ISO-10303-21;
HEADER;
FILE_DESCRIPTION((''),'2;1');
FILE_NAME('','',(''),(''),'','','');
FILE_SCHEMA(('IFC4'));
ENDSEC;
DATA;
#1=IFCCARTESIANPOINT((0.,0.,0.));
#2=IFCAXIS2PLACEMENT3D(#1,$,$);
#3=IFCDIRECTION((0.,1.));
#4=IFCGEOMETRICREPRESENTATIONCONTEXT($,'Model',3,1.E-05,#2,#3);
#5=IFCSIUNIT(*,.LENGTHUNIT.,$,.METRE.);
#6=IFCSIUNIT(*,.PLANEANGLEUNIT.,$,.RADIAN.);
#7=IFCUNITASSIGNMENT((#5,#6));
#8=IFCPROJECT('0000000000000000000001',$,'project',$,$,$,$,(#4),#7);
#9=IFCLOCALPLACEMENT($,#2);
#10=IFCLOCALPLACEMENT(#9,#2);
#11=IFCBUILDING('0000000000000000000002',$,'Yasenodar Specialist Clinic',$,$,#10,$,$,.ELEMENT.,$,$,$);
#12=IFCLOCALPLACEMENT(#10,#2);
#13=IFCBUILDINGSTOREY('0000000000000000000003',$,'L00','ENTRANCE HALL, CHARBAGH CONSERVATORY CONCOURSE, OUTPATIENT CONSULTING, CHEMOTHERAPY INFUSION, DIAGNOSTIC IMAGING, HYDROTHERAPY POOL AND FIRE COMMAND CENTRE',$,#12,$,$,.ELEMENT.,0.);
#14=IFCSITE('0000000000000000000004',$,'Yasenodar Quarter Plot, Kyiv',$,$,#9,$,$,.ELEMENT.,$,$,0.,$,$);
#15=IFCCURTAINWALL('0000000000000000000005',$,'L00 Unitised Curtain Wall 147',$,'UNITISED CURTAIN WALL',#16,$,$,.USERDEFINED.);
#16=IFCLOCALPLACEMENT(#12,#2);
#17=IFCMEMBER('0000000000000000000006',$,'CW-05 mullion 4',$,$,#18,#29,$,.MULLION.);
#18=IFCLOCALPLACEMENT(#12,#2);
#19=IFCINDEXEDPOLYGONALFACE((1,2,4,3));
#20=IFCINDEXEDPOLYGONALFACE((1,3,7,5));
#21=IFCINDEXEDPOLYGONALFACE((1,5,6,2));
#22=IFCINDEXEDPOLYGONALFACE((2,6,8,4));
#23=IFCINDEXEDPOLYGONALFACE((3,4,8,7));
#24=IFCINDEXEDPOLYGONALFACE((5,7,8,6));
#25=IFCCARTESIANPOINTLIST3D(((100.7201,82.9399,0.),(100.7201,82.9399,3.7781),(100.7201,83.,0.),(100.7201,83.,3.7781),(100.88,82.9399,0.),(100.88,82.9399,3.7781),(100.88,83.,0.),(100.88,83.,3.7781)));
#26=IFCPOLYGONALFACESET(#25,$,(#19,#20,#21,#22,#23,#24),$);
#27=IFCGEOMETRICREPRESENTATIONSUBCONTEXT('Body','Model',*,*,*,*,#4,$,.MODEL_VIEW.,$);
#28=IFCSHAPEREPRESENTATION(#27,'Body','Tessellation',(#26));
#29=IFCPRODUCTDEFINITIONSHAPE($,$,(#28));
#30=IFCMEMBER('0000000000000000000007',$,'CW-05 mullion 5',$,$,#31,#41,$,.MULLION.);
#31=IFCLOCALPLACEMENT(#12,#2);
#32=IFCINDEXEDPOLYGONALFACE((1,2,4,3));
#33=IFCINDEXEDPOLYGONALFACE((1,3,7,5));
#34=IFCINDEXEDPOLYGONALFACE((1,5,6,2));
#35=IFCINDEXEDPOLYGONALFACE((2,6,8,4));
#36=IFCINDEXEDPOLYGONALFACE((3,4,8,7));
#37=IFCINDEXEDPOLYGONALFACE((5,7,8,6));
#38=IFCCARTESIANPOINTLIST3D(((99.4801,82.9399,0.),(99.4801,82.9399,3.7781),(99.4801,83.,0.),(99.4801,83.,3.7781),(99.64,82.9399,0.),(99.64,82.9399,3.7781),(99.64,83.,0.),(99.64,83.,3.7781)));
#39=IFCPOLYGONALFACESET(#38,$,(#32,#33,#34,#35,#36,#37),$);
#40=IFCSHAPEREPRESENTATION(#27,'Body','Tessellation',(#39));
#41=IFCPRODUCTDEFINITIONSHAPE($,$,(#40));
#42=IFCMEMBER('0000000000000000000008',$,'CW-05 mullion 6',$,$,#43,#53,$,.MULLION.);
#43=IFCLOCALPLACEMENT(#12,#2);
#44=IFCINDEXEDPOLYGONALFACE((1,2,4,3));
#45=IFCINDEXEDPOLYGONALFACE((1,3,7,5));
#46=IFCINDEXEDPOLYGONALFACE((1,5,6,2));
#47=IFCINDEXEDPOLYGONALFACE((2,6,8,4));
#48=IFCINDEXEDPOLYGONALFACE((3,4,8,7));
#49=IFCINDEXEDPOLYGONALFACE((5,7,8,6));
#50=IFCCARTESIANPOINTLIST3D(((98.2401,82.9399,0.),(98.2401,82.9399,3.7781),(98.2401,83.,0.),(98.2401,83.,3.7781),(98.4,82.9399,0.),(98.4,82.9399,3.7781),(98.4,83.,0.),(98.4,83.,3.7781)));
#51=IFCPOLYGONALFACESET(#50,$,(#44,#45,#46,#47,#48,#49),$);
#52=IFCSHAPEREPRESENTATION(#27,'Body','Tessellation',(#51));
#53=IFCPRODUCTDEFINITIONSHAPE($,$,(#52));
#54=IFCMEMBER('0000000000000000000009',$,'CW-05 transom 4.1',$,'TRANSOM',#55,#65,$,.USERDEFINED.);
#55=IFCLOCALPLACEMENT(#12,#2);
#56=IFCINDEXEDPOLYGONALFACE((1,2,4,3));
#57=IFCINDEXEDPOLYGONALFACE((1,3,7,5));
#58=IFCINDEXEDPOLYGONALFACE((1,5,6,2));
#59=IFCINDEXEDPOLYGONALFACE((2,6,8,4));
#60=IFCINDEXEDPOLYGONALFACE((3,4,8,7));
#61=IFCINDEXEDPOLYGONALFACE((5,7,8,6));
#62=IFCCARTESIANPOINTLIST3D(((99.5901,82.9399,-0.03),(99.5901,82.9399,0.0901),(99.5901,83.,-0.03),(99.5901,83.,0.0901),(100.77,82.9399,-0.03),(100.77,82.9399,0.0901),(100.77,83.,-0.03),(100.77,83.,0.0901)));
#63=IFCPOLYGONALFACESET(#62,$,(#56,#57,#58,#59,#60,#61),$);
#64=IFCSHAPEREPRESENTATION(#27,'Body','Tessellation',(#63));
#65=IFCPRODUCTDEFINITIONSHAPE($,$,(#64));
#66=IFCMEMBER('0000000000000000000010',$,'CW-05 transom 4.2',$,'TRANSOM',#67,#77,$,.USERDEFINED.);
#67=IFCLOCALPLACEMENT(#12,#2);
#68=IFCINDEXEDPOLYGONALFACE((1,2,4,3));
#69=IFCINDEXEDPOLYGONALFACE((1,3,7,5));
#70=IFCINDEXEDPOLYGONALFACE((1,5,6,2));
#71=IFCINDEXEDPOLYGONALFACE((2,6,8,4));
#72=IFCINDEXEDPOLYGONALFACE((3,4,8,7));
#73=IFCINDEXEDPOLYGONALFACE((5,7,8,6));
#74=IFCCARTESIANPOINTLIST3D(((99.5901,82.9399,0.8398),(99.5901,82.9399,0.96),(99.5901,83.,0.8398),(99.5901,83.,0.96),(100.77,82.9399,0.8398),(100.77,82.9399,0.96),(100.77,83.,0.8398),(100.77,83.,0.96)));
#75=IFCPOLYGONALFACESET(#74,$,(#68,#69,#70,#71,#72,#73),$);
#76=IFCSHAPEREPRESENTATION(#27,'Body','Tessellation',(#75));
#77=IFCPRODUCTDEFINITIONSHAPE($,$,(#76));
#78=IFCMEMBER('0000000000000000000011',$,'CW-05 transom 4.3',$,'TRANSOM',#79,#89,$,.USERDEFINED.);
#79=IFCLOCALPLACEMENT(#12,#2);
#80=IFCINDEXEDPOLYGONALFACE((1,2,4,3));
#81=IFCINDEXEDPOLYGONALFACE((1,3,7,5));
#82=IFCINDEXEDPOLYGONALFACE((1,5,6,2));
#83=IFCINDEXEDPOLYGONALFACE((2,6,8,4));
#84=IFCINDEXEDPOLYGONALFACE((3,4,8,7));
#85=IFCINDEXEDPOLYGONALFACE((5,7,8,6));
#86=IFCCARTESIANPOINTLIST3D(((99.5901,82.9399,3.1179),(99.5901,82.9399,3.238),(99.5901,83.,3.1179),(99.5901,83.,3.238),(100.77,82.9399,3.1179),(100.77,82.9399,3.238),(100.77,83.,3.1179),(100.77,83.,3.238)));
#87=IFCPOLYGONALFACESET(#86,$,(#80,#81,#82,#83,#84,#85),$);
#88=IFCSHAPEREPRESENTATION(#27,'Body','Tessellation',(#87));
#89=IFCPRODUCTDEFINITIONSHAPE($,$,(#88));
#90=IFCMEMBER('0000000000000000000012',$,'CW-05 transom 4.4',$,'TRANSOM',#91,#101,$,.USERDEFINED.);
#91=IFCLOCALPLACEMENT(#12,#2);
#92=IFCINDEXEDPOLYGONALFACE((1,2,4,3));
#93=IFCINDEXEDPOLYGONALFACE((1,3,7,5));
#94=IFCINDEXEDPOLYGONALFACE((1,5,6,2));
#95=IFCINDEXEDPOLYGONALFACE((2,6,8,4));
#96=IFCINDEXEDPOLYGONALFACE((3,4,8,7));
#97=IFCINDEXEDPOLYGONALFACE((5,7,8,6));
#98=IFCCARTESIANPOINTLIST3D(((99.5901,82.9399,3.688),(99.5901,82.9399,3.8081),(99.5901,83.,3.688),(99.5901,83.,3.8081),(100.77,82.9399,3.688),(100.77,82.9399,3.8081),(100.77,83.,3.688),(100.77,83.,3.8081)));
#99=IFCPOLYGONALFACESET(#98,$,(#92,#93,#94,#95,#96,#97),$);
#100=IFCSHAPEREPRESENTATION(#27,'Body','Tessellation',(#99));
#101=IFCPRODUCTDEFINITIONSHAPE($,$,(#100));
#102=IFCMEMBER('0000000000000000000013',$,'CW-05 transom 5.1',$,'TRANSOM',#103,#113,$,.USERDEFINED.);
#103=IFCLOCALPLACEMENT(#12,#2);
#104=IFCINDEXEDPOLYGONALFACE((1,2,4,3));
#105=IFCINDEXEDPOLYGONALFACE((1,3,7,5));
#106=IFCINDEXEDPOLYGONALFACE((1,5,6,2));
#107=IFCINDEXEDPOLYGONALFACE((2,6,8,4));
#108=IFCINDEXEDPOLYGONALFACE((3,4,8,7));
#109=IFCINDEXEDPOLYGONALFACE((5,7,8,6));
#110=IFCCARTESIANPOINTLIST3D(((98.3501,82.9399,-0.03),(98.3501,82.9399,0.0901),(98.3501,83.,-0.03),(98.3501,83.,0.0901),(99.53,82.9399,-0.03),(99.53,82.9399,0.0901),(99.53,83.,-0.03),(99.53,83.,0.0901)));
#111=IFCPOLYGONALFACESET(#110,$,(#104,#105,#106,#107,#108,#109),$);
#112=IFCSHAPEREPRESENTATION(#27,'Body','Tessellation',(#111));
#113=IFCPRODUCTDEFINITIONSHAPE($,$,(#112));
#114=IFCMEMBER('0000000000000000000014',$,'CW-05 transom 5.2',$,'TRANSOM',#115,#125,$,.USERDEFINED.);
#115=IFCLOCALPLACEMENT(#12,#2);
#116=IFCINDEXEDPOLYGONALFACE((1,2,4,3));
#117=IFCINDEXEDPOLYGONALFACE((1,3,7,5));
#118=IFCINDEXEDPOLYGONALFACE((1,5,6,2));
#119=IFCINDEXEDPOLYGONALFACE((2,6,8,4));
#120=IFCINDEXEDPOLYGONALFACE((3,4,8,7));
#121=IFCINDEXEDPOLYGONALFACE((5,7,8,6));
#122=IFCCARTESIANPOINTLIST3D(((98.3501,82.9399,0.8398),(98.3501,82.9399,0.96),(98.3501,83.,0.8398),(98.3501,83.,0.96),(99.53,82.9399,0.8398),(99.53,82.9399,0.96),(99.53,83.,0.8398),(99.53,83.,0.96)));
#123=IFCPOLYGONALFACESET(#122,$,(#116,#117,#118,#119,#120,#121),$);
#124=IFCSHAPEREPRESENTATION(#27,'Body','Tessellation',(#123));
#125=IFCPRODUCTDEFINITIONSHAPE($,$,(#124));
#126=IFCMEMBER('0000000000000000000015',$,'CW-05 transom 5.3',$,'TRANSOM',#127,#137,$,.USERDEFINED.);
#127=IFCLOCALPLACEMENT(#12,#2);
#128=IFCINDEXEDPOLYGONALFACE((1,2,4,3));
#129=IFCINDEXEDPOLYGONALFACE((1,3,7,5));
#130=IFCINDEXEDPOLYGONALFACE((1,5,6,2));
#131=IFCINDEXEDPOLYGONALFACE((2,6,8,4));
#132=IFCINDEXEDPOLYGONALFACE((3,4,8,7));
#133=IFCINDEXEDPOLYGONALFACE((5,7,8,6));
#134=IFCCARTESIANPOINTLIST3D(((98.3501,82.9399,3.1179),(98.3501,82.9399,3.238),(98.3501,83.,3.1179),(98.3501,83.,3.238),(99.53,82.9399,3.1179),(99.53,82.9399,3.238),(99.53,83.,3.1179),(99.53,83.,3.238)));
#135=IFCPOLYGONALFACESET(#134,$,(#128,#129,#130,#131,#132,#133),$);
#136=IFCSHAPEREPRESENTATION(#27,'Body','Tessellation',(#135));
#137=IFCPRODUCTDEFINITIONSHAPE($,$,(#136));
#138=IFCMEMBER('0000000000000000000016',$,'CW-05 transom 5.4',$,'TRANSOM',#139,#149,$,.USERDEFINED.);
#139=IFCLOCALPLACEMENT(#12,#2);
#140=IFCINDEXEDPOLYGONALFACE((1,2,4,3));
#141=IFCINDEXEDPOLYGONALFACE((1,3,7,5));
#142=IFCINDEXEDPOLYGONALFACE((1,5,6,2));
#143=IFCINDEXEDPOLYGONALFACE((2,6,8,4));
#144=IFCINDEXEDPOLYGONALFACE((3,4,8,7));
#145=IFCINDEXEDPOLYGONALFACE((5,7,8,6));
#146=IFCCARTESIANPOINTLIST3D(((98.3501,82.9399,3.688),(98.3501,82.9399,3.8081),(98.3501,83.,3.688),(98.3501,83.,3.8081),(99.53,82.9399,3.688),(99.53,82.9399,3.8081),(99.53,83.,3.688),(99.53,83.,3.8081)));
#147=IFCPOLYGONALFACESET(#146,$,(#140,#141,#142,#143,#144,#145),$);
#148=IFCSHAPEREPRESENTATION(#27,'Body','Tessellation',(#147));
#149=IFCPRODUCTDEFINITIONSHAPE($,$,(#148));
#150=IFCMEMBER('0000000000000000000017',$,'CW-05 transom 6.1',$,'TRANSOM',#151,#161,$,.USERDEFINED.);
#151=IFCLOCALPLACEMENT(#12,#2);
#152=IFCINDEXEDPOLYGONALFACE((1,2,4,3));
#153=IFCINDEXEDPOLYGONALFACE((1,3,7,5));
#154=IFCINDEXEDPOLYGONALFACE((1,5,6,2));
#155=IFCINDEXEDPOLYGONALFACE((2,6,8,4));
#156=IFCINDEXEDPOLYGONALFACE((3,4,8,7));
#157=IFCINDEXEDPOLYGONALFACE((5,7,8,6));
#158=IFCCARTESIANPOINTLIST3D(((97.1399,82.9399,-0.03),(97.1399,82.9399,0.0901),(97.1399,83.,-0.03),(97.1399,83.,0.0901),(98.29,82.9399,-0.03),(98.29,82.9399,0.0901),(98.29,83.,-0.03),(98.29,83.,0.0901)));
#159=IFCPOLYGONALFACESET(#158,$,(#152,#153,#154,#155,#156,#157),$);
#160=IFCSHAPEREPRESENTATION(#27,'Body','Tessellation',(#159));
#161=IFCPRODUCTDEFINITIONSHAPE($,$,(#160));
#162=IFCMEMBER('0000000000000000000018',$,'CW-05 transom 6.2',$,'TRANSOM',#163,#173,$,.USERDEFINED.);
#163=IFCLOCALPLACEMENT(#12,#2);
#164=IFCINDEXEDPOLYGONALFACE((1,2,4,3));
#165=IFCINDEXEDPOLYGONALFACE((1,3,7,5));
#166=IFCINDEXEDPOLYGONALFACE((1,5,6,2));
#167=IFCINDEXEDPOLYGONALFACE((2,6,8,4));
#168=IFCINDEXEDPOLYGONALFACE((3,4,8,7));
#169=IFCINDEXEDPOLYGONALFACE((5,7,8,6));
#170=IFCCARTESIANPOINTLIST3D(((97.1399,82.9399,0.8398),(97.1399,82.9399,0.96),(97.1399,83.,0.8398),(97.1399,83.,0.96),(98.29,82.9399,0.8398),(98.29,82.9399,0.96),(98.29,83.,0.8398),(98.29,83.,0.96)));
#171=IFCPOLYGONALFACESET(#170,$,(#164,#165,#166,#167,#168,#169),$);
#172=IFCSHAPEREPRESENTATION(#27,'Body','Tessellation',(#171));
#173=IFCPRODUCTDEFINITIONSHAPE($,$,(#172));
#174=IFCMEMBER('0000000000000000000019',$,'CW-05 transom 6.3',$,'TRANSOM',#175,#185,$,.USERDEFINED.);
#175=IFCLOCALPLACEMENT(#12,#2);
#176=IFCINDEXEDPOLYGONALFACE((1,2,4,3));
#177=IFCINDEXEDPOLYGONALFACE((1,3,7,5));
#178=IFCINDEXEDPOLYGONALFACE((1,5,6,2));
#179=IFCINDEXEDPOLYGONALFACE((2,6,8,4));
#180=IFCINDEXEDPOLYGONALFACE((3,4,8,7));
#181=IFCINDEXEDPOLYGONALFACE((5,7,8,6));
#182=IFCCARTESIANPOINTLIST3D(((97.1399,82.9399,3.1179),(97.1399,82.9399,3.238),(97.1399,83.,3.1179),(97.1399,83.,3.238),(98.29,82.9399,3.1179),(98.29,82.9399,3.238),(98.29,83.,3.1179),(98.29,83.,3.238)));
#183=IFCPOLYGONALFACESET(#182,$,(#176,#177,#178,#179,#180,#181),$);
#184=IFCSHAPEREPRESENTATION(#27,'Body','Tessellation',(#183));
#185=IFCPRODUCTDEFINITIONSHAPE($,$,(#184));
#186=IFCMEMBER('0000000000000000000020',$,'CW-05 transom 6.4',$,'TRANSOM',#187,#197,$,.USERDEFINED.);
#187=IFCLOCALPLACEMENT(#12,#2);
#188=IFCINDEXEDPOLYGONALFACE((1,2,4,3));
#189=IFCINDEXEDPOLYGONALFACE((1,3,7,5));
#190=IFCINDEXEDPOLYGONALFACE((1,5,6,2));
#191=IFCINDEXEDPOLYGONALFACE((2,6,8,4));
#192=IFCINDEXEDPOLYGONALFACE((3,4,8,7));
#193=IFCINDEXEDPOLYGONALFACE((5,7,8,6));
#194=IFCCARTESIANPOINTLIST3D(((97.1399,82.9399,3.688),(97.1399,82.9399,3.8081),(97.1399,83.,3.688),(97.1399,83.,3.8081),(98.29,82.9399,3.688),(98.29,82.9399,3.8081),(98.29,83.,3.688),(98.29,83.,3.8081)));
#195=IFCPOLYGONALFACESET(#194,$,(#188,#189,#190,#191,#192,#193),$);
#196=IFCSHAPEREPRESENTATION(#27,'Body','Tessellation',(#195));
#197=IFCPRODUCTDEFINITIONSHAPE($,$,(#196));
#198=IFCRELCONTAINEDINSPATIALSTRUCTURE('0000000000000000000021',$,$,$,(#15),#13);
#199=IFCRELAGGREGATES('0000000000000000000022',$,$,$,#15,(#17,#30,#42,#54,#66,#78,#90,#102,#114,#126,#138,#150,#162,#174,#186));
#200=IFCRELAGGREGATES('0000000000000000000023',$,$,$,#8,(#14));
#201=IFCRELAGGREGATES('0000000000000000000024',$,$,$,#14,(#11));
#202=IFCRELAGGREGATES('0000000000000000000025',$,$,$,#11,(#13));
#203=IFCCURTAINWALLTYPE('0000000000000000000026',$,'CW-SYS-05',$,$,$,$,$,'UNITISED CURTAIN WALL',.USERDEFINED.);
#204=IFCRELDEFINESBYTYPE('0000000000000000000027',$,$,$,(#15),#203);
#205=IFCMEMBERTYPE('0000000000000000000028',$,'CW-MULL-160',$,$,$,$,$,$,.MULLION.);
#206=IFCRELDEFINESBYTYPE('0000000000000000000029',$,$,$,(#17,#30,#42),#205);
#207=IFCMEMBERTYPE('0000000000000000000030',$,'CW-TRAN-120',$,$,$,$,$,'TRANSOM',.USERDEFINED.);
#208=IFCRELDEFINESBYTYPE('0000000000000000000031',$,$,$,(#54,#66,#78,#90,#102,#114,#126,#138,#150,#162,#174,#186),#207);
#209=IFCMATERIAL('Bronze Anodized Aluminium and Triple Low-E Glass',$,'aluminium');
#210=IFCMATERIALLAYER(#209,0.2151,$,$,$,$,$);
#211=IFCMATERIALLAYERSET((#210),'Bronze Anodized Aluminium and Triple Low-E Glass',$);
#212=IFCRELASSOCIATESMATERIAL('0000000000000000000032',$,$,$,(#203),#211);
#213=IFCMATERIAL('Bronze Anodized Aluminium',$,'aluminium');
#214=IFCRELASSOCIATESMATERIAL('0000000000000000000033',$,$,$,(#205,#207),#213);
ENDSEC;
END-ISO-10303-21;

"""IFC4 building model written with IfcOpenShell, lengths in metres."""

from ifc_helpers import new_model, si_unit, direction, frame, origin, origin_2d, place, context, subcontext, project, spatial, rectangle, extrude, material, layer, layer_set, material_profile, profile_set, type_object, element, aggregate, save


model = new_model("IFC4")

# Units and contexts
model_context = context("Model", 3, precision=1e-05, world=origin(), true_north=direction((0.0, 1.0)))
body_context = subcontext(model_context, "Body", "Model", "MODEL_VIEW")
ifc_project = project(units=[si_unit("LENGTHUNIT", "METRE"), si_unit("PLANEANGLEUNIT", "RADIAN")], contexts=[model_context])

# Site, building, storey
site_placement = place(None, origin())
site = spatial("IfcSite", under=ifc_project, at=site_placement, Name="Yasenodar Quarter Plot, Kyiv", CompositionType="ELEMENT", RefElevation=0.0)
building_placement = place(site_placement, origin())
building = spatial("IfcBuilding", under=site, at=building_placement, Name="Yasenodar Specialist Clinic", CompositionType="ELEMENT")
storey_placement = place(building_placement, origin())
storey = spatial("IfcBuildingStorey", under=building, at=storey_placement, Name="L00", Description="ENTRANCE HALL, CHARBAGH CONSERVATORY CONCOURSE, OUTPATIENT CONSULTING, CHEMOTHERAPY INFUSION, DIAGNOSTIC IMAGING, HYDROTHERAPY POOL AND FIRE COMMAND CENTRE", CompositionType="ELEMENT", Elevation=0.0)

# Curtain wall, members
ifc_material_1 = material(Name="Bronze Anodized Aluminium and Triple Low-E Glass", Category="aluminium")
ifc_layer_1 = layer(ifc_material_1, 0.2151)
ifc_layer_set_1 = layer_set([ifc_layer_1], Name="Bronze Anodized Aluminium and Triple Low-E Glass")
curtain_wall_type = type_object("IfcCurtainWallType", Name="CW-SYS-05", ElementType="UNITISED CURTAIN WALL", PredefinedType="USERDEFINED", material=ifc_layer_set_1)
curtain_wall_placement = place(storey_placement, origin())
curtain_wall = element("IfcCurtainWall", 1, at=curtain_wall_placement, inside=storey, type_object=curtain_wall_type, Name="L00 Unitised Curtain Wall 147", ObjectType="UNITISED CURTAIN WALL", PredefinedType="USERDEFINED")
ifc_material_2 = material(Name="Bronze Anodized Aluminium", Category="aluminium")
ifc_material_profile_1 = material_profile(ifc_material_2, rectangle(XDim=0.0601, YDim=0.1599, at=origin_2d()), Name="CW-MULL 60x160")
ifc_profile_set_1 = profile_set([ifc_material_profile_1], Name="Bronze Anodized Aluminium")
member_type_1 = type_object("IfcMemberType", Name="CW-MULL-160", PredefinedType="MULLION", material=ifc_profile_set_1)
member_1_placement = place(storey_placement, frame((100.8, 82.97, 0.0), z_axis=(0.0, 0.0, 1.0), x_axis=(0.0, -1.0, 0.0)))
member_1 = element("IfcMember", 2, at=member_1_placement, type_object=member_type_1, Name="CW-05 mullion 4", PredefinedType="MULLION", context=body_context, shape_type="SweptSolid", body=[
    extrude(rectangle(XDim=0.0601, YDim=0.1599, at=origin_2d()), origin(), (0.0, 0.0, 1.0), 3.7781),
])
member_2_placement = place(storey_placement, frame((99.5601, 82.97, 0.0), z_axis=(0.0, 0.0, 1.0), x_axis=(0.0, -1.0, 0.0)))
member_2 = element("IfcMember", 3, at=member_2_placement, type_object=member_type_1, Name="CW-05 mullion 5", PredefinedType="MULLION", context=body_context, shape_type="SweptSolid", body=[
    extrude(rectangle(XDim=0.0601, YDim=0.1599, at=origin_2d()), origin(), (0.0, 0.0, 1.0), 3.7781),
])
member_3_placement = place(storey_placement, frame((98.3201, 82.97, 0.0), z_axis=(0.0, 0.0, 1.0), x_axis=(0.0, -1.0, 0.0)))
member_3 = element("IfcMember", 4, at=member_3_placement, type_object=member_type_1, Name="CW-05 mullion 6", PredefinedType="MULLION", context=body_context, shape_type="SweptSolid", body=[
    extrude(rectangle(XDim=0.0601, YDim=0.1599, at=origin_2d()), origin(), (0.0, 0.0, 1.0), 3.7781),
])
ifc_material_profile_2 = material_profile(ifc_material_2, rectangle(XDim=0.0601, YDim=0.1201, at=origin_2d()), Name="CW-TRAN 60x120")
ifc_profile_set_2 = profile_set([ifc_material_profile_2], Name="Bronze Anodized Aluminium")
member_type_2 = type_object("IfcMemberType", Name="CW-TRAN-120", ElementType="TRANSOM", PredefinedType="USERDEFINED", material=ifc_profile_set_2)
member_4_placement = place(storey_placement, frame((100.77, 82.97, 0.03), z_axis=(-1.0, 0.0, 0.0), x_axis=(0.0, -1.0, 0.0)))
member_4 = element("IfcMember", 5, at=member_4_placement, type_object=member_type_2, Name="CW-05 transom 4.1", ObjectType="TRANSOM", PredefinedType="USERDEFINED", context=body_context, shape_type="SweptSolid", body=[
    extrude(rectangle(XDim=0.0601, YDim=0.1201, at=origin_2d()), origin(), (0.0, 0.0, 1.0), 1.1799),
])
member_5_placement = place(storey_placement, frame((100.77, 82.97, 0.8999), z_axis=(-1.0, 0.0, 0.0), x_axis=(0.0, -1.0, 0.0)))
member_5 = element("IfcMember", 6, at=member_5_placement, type_object=member_type_2, Name="CW-05 transom 4.2", ObjectType="TRANSOM", PredefinedType="USERDEFINED", context=body_context, shape_type="SweptSolid", body=[
    extrude(rectangle(XDim=0.0601, YDim=0.1201, at=origin_2d()), origin(), (0.0, 0.0, 1.0), 1.1799),
])
member_6_placement = place(storey_placement, frame((100.77, 82.97, 3.178), z_axis=(-1.0, 0.0, 0.0), x_axis=(0.0, -1.0, 0.0)))
member_6 = element("IfcMember", 7, at=member_6_placement, type_object=member_type_2, Name="CW-05 transom 4.3", ObjectType="TRANSOM", PredefinedType="USERDEFINED", context=body_context, shape_type="SweptSolid", body=[
    extrude(rectangle(XDim=0.0601, YDim=0.1201, at=origin_2d()), origin(), (0.0, 0.0, 1.0), 1.1799),
])
member_7_placement = place(storey_placement, frame((100.77, 82.97, 3.748), z_axis=(-1.0, 0.0, 0.0), x_axis=(0.0, -1.0, 0.0)))
member_7 = element("IfcMember", 8, at=member_7_placement, type_object=member_type_2, Name="CW-05 transom 4.4", ObjectType="TRANSOM", PredefinedType="USERDEFINED", context=body_context, shape_type="SweptSolid", body=[
    extrude(rectangle(XDim=0.0601, YDim=0.1201, at=origin_2d()), origin(), (0.0, 0.0, 1.0), 1.1799),
])
member_8_placement = place(storey_placement, frame((99.53, 82.97, 0.03), z_axis=(-1.0, 0.0, 0.0), x_axis=(0.0, -1.0, 0.0)))
member_8 = element("IfcMember", 9, at=member_8_placement, type_object=member_type_2, Name="CW-05 transom 5.1", ObjectType="TRANSOM", PredefinedType="USERDEFINED", context=body_context, shape_type="SweptSolid", body=[
    extrude(rectangle(XDim=0.0601, YDim=0.1201, at=origin_2d()), origin(), (0.0, 0.0, 1.0), 1.1799),
])
member_9_placement = place(storey_placement, frame((99.53, 82.97, 0.8999), z_axis=(-1.0, 0.0, 0.0), x_axis=(0.0, -1.0, 0.0)))
member_9 = element("IfcMember", 10, at=member_9_placement, type_object=member_type_2, Name="CW-05 transom 5.2", ObjectType="TRANSOM", PredefinedType="USERDEFINED", context=body_context, shape_type="SweptSolid", body=[
    extrude(rectangle(XDim=0.0601, YDim=0.1201, at=origin_2d()), origin(), (0.0, 0.0, 1.0), 1.1799),
])
member_10_placement = place(storey_placement, frame((99.53, 82.97, 3.178), z_axis=(-1.0, 0.0, 0.0), x_axis=(0.0, -1.0, 0.0)))
member_10 = element("IfcMember", 11, at=member_10_placement, type_object=member_type_2, Name="CW-05 transom 5.3", ObjectType="TRANSOM", PredefinedType="USERDEFINED", context=body_context, shape_type="SweptSolid", body=[
    extrude(rectangle(XDim=0.0601, YDim=0.1201, at=origin_2d()), origin(), (0.0, 0.0, 1.0), 1.1799),
])
member_11_placement = place(storey_placement, frame((99.53, 82.97, 3.748), z_axis=(-1.0, 0.0, 0.0), x_axis=(0.0, -1.0, 0.0)))
member_11 = element("IfcMember", 12, at=member_11_placement, type_object=member_type_2, Name="CW-05 transom 5.4", ObjectType="TRANSOM", PredefinedType="USERDEFINED", context=body_context, shape_type="SweptSolid", body=[
    extrude(rectangle(XDim=0.0601, YDim=0.1201, at=origin_2d()), origin(), (0.0, 0.0, 1.0), 1.1799),
])
member_12_placement = place(storey_placement, frame((98.29, 82.97, 0.03), z_axis=(-1.0, 0.0, 0.0), x_axis=(0.0, -1.0, 0.0)))
member_12 = element("IfcMember", 13, at=member_12_placement, type_object=member_type_2, Name="CW-05 transom 6.1", ObjectType="TRANSOM", PredefinedType="USERDEFINED", context=body_context, shape_type="SweptSolid", body=[
    extrude(rectangle(XDim=0.0601, YDim=0.1201, at=origin_2d()), origin(), (0.0, 0.0, 1.0), 1.1501),
])
member_13_placement = place(storey_placement, frame((98.29, 82.97, 0.8999), z_axis=(-1.0, 0.0, 0.0), x_axis=(0.0, -1.0, 0.0)))
member_13 = element("IfcMember", 14, at=member_13_placement, type_object=member_type_2, Name="CW-05 transom 6.2", ObjectType="TRANSOM", PredefinedType="USERDEFINED", context=body_context, shape_type="SweptSolid", body=[
    extrude(rectangle(XDim=0.0601, YDim=0.1201, at=origin_2d()), origin(), (0.0, 0.0, 1.0), 1.1501),
])
member_14_placement = place(storey_placement, frame((98.29, 82.97, 3.178), z_axis=(-1.0, 0.0, 0.0), x_axis=(0.0, -1.0, 0.0)))
member_14 = element("IfcMember", 15, at=member_14_placement, type_object=member_type_2, Name="CW-05 transom 6.3", ObjectType="TRANSOM", PredefinedType="USERDEFINED", context=body_context, shape_type="SweptSolid", body=[
    extrude(rectangle(XDim=0.0601, YDim=0.1201, at=origin_2d()), origin(), (0.0, 0.0, 1.0), 1.1501),
])
member_15_placement = place(storey_placement, frame((98.29, 82.97, 3.748), z_axis=(-1.0, 0.0, 0.0), x_axis=(0.0, -1.0, 0.0)))
member_15 = element("IfcMember", 16, at=member_15_placement, type_object=member_type_2, Name="CW-05 transom 6.4", ObjectType="TRANSOM", PredefinedType="USERDEFINED", context=body_context, shape_type="SweptSolid", body=[
    extrude(rectangle(XDim=0.0601, YDim=0.1201, at=origin_2d()), origin(), (0.0, 0.0, 1.0), 1.1501),
])
aggregate(curtain_wall, [member_1, member_2, member_3, member_4, member_5, member_6, member_7, member_8, member_9, member_10, member_11, member_12, member_13, member_14, member_15])

save(model, "model.ifc")
